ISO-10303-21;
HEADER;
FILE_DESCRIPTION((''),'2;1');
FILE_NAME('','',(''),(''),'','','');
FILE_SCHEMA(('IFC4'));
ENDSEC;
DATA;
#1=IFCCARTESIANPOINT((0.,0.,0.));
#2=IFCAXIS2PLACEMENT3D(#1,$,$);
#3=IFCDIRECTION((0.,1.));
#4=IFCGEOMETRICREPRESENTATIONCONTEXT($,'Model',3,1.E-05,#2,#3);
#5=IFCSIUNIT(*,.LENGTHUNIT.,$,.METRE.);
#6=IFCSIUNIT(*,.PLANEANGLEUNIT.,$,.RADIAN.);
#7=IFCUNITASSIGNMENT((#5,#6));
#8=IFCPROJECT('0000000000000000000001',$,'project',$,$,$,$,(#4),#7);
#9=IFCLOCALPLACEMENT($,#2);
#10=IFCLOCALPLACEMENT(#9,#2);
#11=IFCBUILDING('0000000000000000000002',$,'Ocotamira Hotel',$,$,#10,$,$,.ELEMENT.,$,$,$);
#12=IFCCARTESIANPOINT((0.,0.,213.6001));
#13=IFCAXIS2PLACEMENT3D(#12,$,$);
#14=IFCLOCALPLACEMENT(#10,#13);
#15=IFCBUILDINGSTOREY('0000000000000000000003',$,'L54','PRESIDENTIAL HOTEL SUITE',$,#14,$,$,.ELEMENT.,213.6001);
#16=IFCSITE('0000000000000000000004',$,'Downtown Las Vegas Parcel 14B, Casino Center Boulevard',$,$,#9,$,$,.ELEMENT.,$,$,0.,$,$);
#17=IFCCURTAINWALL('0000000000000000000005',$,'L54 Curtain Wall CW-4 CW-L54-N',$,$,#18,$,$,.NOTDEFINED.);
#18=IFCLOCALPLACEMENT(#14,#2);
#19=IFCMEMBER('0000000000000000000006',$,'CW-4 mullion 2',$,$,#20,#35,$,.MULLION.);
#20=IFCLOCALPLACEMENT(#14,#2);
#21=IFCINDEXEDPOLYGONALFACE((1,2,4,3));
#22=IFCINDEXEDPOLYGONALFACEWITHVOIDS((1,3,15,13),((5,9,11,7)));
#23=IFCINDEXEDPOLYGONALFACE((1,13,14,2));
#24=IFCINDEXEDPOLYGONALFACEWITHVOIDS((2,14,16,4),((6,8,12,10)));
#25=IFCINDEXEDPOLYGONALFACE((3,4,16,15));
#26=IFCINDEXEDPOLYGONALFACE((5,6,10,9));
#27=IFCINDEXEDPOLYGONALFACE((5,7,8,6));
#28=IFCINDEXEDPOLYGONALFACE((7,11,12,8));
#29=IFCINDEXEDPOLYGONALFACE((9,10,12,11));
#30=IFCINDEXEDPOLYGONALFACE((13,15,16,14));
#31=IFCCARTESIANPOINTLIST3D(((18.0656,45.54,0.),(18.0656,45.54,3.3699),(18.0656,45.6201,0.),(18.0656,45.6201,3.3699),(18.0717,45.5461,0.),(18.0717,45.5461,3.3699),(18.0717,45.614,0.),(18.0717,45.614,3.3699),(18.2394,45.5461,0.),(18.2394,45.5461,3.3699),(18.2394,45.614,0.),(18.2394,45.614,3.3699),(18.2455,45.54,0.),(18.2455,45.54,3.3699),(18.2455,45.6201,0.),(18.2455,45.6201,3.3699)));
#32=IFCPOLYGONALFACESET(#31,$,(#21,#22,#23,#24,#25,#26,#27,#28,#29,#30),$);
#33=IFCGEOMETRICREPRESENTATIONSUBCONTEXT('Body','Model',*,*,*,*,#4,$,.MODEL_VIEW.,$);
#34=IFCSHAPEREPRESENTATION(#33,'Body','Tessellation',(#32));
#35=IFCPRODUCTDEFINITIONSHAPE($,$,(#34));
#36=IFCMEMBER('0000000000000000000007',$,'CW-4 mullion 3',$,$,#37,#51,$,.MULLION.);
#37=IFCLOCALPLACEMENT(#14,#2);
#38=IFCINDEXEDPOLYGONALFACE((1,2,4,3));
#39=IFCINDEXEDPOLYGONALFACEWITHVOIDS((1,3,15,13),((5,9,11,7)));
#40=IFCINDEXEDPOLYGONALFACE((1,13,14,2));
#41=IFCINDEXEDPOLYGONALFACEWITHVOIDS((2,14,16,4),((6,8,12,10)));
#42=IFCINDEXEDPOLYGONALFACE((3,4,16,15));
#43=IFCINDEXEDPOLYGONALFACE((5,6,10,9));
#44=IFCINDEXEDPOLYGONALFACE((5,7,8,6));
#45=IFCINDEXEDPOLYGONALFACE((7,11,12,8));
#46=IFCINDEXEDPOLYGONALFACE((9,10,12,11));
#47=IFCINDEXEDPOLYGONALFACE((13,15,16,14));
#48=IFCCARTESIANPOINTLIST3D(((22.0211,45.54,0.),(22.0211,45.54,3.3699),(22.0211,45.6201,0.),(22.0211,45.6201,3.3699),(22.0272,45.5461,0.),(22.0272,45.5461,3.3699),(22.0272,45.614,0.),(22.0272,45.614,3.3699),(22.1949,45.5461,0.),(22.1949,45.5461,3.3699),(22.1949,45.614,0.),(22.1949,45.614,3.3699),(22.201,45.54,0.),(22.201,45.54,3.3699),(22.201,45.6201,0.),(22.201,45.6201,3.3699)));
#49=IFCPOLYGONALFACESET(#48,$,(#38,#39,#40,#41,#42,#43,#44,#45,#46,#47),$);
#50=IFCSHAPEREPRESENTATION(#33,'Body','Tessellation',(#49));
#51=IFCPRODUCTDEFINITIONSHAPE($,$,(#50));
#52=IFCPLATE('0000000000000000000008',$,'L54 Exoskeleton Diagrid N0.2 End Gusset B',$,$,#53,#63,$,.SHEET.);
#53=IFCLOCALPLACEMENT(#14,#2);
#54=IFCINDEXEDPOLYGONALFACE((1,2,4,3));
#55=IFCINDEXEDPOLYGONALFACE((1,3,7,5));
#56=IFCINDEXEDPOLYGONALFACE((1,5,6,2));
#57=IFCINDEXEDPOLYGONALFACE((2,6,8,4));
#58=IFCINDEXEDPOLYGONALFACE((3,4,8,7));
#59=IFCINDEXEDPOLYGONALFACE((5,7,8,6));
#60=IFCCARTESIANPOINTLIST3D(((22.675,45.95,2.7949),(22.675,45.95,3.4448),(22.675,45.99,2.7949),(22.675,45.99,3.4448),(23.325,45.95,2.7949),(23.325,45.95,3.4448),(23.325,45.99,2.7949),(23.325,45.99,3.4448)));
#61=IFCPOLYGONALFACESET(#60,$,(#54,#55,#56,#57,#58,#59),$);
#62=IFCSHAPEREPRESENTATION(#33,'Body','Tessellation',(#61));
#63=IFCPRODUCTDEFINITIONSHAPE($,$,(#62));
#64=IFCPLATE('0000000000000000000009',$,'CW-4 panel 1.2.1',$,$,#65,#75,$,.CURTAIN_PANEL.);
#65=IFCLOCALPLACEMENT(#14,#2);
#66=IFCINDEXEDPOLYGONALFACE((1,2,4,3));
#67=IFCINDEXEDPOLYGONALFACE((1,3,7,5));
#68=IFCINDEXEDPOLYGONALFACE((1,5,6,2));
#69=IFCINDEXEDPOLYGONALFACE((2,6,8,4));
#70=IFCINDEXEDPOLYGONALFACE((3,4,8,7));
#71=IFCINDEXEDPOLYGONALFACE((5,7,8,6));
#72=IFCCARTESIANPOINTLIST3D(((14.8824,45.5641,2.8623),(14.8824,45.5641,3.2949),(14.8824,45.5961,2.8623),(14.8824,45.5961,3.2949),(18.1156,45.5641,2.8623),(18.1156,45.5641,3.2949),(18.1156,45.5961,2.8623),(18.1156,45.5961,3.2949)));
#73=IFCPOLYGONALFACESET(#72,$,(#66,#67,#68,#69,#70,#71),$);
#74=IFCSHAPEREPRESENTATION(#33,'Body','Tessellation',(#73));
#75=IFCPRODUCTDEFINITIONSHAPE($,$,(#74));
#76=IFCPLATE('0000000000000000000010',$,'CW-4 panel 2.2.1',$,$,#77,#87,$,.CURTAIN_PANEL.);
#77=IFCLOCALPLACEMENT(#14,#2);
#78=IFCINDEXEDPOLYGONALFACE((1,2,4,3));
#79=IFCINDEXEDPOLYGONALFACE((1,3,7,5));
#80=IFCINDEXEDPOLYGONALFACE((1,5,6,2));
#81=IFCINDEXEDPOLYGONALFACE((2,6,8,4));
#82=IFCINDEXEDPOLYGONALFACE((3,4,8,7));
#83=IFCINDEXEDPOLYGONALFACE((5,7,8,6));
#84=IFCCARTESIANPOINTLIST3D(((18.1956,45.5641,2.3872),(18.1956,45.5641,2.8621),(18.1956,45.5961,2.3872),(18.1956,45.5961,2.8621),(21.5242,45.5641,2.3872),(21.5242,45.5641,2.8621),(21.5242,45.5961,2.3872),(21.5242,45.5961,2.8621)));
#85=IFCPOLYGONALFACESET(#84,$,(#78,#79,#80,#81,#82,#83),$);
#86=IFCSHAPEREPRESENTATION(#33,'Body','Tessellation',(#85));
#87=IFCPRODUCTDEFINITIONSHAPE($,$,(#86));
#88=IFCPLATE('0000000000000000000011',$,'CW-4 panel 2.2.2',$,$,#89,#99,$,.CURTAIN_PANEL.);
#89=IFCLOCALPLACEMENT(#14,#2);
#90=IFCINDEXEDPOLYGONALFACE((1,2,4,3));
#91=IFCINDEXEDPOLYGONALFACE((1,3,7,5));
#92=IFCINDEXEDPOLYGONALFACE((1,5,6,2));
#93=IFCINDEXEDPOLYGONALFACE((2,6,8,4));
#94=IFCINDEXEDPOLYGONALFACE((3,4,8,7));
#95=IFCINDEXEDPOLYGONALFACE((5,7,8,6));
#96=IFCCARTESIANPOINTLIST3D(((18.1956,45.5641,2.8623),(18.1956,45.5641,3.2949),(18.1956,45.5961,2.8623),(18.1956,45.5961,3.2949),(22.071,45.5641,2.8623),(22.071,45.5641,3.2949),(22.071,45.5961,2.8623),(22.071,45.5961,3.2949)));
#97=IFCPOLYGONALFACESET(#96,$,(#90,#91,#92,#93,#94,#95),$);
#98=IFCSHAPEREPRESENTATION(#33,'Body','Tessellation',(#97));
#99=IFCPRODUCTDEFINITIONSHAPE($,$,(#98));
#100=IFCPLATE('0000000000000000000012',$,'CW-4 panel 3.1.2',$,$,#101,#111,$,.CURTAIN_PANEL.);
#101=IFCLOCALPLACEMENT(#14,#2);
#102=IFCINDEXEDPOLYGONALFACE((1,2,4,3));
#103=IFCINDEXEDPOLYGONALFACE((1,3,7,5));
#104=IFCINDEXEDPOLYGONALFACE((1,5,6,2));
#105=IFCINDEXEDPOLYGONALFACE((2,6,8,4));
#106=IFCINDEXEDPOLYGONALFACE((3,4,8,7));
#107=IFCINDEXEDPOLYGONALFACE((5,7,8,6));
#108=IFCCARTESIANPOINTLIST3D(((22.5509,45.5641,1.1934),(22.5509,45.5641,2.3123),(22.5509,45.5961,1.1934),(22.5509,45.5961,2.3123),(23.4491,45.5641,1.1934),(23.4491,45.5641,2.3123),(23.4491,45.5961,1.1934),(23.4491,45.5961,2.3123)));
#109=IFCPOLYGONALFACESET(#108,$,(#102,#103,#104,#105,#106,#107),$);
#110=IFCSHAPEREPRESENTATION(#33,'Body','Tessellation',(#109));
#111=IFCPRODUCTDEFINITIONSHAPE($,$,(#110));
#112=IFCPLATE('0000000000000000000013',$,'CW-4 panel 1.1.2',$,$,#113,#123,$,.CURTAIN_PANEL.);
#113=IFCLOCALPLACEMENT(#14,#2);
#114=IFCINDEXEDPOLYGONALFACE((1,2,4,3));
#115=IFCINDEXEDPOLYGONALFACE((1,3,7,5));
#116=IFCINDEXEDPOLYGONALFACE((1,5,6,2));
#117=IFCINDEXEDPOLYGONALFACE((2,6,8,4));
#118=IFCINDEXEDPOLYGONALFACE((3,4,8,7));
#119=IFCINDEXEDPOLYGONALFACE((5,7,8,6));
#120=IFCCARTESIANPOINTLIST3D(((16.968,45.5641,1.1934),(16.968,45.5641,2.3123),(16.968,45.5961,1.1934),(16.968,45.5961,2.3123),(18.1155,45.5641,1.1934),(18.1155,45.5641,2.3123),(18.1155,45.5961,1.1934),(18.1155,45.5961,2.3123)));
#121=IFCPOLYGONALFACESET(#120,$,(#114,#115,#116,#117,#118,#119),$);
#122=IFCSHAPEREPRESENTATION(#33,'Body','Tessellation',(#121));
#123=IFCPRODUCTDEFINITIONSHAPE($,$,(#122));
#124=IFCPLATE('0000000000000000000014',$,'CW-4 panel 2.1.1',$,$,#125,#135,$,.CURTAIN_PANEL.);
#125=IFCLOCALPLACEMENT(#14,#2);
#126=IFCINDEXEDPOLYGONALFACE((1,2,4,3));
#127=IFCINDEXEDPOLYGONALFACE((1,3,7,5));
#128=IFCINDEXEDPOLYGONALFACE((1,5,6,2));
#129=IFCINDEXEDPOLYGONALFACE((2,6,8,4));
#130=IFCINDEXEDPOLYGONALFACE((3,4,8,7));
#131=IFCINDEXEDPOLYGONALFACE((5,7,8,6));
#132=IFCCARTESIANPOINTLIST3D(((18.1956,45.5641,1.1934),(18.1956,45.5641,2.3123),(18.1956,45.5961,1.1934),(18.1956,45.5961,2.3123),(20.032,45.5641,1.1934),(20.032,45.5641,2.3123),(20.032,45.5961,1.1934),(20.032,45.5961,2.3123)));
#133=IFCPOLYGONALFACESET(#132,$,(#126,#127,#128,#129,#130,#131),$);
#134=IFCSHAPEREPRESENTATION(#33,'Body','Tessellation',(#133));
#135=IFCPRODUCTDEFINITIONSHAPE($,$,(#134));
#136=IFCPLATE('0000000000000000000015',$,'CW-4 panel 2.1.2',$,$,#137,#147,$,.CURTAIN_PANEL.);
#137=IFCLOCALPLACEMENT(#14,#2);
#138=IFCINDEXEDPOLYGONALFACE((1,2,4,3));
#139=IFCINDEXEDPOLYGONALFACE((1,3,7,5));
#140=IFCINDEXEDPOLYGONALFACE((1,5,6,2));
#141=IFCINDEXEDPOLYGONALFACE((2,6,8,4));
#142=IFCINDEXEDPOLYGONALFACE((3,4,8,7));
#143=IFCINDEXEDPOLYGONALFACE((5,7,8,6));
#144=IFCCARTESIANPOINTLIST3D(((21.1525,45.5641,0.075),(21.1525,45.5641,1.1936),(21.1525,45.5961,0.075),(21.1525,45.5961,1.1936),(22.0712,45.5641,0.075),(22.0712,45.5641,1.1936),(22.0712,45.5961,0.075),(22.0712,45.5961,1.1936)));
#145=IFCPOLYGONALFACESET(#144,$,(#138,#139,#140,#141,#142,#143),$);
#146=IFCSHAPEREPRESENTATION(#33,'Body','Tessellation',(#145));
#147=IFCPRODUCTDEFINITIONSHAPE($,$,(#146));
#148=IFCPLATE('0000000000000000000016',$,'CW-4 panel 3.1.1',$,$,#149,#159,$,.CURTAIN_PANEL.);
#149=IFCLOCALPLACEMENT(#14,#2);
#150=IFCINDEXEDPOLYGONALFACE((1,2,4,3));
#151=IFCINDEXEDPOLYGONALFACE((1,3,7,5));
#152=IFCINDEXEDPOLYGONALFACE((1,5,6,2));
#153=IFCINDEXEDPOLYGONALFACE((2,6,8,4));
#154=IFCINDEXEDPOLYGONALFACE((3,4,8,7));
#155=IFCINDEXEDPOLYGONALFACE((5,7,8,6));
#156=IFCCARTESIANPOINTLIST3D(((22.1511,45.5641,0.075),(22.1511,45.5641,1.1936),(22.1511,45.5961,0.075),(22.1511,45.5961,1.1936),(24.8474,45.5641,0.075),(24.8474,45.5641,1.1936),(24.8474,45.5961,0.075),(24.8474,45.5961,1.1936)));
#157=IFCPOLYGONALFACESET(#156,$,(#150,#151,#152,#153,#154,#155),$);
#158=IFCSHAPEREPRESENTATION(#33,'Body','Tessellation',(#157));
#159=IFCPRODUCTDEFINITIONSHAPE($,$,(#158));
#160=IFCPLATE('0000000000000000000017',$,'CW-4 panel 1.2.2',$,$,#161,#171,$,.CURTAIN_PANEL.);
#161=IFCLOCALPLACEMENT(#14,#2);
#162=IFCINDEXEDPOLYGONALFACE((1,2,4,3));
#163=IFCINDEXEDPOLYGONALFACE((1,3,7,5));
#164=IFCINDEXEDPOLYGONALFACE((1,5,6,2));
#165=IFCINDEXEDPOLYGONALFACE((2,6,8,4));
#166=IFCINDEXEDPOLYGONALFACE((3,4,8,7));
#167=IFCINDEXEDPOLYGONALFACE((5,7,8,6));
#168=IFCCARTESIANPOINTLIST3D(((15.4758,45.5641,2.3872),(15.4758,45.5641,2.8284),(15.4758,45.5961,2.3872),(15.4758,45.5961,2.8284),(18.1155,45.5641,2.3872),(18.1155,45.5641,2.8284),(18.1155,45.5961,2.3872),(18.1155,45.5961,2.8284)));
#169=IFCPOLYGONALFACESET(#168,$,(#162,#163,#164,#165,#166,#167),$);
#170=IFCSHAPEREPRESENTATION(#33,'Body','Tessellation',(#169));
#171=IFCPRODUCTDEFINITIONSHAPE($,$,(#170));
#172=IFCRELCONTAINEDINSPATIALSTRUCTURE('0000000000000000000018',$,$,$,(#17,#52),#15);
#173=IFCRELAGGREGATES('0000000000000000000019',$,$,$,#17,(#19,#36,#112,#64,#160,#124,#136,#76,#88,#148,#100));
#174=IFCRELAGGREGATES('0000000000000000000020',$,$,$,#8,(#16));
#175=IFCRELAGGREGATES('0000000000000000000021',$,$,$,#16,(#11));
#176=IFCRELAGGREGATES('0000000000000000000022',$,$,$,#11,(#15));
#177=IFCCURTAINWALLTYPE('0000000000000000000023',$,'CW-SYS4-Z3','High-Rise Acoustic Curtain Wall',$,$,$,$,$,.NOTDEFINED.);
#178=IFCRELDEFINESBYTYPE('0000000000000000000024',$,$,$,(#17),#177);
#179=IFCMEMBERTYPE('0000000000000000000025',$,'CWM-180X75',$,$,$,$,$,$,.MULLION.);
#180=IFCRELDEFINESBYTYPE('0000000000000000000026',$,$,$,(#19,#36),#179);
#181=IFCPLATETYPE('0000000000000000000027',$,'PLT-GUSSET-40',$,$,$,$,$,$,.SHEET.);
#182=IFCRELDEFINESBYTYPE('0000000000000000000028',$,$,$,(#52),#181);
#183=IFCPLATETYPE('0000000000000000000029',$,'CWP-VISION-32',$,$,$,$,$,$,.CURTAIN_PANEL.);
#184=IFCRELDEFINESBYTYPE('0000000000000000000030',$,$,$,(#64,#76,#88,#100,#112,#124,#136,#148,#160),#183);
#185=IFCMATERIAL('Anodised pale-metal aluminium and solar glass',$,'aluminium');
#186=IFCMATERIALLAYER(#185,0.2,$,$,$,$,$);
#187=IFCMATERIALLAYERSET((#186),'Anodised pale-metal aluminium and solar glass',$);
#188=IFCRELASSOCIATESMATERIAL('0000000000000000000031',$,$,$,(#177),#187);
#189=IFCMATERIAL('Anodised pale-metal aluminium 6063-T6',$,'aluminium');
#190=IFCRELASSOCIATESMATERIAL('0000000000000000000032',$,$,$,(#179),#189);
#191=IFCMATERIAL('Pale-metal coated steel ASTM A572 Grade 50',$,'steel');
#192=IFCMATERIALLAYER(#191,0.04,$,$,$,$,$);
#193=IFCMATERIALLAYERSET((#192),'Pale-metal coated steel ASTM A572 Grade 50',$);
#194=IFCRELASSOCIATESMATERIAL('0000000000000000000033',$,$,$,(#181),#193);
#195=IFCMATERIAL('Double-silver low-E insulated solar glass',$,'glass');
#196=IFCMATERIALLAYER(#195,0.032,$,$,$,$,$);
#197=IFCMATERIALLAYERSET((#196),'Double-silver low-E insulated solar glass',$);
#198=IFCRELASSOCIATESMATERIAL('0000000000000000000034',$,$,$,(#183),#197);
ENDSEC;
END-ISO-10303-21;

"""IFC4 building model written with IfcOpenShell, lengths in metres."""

from ifc_helpers import new_model, si_unit, direction, frame, origin, origin_2d, place, context, subcontext, project, spatial, rectangle, hollow_rectangle, extrude, source, transform, mapped, material, layer, layer_set, material_profile, profile_set, type_object, element, aggregate, save


model = new_model("IFC4")

# Units and contexts
model_context = context("Model", 3, precision=1e-05, world=origin(), true_north=direction((0.0, 1.0)))
body_context = subcontext(model_context, "Body", "Model", "MODEL_VIEW")
ifc_project = project(units=[si_unit("LENGTHUNIT", "METRE"), si_unit("PLANEANGLEUNIT", "RADIAN")], contexts=[model_context])

# Site, building, storey
site_placement = place(None, origin())
site = spatial("IfcSite", under=ifc_project, at=site_placement, Name="Downtown Las Vegas Parcel 14B, Casino Center Boulevard", CompositionType="ELEMENT", RefElevation=0.0)
building_placement = place(site_placement, origin())
building = spatial("IfcBuilding", under=site, at=building_placement, Name="Ocotamira Hotel", CompositionType="ELEMENT")
storey_placement = place(building_placement, frame((0.0, 0.0, 213.6001)))
storey = spatial("IfcBuildingStorey", under=building, at=storey_placement, Name="L54", Description="PRESIDENTIAL HOTEL SUITE", CompositionType="ELEMENT", Elevation=213.6001)

# Curtain wall, members
ifc_material_1 = material(Name="Anodised pale-metal aluminium and solar glass", Category="aluminium")
ifc_layer_1 = layer(ifc_material_1, 0.2)
ifc_layer_set_1 = layer_set([ifc_layer_1], Name="Anodised pale-metal aluminium and solar glass")
curtain_wall_type = type_object("IfcCurtainWallType", Name="CW-SYS4-Z3", Description="High-Rise Acoustic Curtain Wall", PredefinedType="NOTDEFINED", material=ifc_layer_set_1)
curtain_wall_placement = place(storey_placement, origin())
curtain_wall = element("IfcCurtainWall", 1, at=curtain_wall_placement, inside=storey, type_object=curtain_wall_type, Name="L54 Curtain Wall CW-4 CW-L54-N", PredefinedType="NOTDEFINED")
ifc_material_2 = material(Name="Anodised pale-metal aluminium 6063-T6", Category="aluminium")
ifc_material_profile_1 = material_profile(ifc_material_2, hollow_rectangle(XDim=0.0801, YDim=0.1799, WallThickness=0.0061, at=origin_2d()), Name="HSS180X80X6")
ifc_profile_set_1 = profile_set([ifc_material_profile_1], Name="Anodised pale-metal aluminium 6063-T6")
member_type_1 = type_object("IfcMemberType", Name="CWM-180X75", PredefinedType="MULLION", material=ifc_profile_set_1)
shared_shape_1 = source(origin(), body_context, "Body", "SweptSolid", [
    extrude(hollow_rectangle(XDim=0.0801, YDim=0.1799, WallThickness=0.0061, at=origin_2d()), origin(), (0.0, 0.0, 1.0), 3.3699),
])
member_1_placement = place(storey_placement, frame((18.1555, 45.5801, 0.0), z_axis=(0.0, 0.0, 1.0), x_axis=(0.0, 1.0, 0.0)))
member_1 = element("IfcMember", 2, at=member_1_placement, type_object=member_type_1, Name="CW-4 mullion 2", PredefinedType="MULLION", context=body_context, shape_type="MappedRepresentation", body=[
    mapped(shared_shape_1, transform((0.0, 0.0, 0.0), scale=1.0)),
])
member_2_placement = place(storey_placement, frame((22.1111, 45.5801, 0.0), z_axis=(0.0, 0.0, 1.0), x_axis=(0.0, 1.0, 0.0)))
member_2 = element("IfcMember", 3, at=member_2_placement, type_object=member_type_1, Name="CW-4 mullion 3", PredefinedType="MULLION", context=body_context, shape_type="MappedRepresentation", body=[
    mapped(shared_shape_1, transform((0.0, 0.0, 0.0), scale=1.0)),
])

# Plates
ifc_material_3 = material(Name="Pale-metal coated steel ASTM A572 Grade 50", Category="steel")
ifc_layer_2 = layer(ifc_material_3, 0.04)
ifc_layer_set_2 = layer_set([ifc_layer_2], Name="Pale-metal coated steel ASTM A572 Grade 50")
plate_type_1 = type_object("IfcPlateType", Name="PLT-GUSSET-40", PredefinedType="SHEET", material=ifc_layer_set_2)
shared_shape_2 = source(origin(), body_context, "Body", "SweptSolid", [
    extrude(rectangle(XDim=0.6499, YDim=0.04, at=origin_2d()), origin(), (0.0, 0.0, 1.0), 0.6499),
])
plate_1_placement = place(storey_placement, frame((23.0, 45.97, 2.7949), z_axis=(0.0, 0.0, 1.0), x_axis=(1.0, 0.0, 0.0)))
element("IfcPlate", 4, at=plate_1_placement, inside=storey, type_object=plate_type_1, Name="L54 Exoskeleton Diagrid N0.2 End Gusset B", PredefinedType="SHEET", context=body_context, shape_type="MappedRepresentation", body=[
    mapped(shared_shape_2, transform((0.0, 0.0, 0.0), scale=1.0)),
])
ifc_material_4 = material(Name="Double-silver low-E insulated solar glass", Category="glass")
ifc_layer_3 = layer(ifc_material_4, 0.032)
ifc_layer_set_3 = layer_set([ifc_layer_3], Name="Double-silver low-E insulated solar glass")
plate_type_2 = type_object("IfcPlateType", Name="CWP-VISION-32", PredefinedType="CURTAIN_PANEL", material=ifc_layer_set_3)
shared_shape_3 = source(origin(), body_context, "Body", "SweptSolid", [
    extrude(rectangle(XDim=3.2332, YDim=0.032, at=origin_2d()), origin(), (0.0, 0.0, 1.0), 0.4326),
])
plate_2_placement = place(storey_placement, frame((16.499, 45.5801, 2.8623), z_axis=(0.0, 0.0, 1.0), x_axis=(1.0, 0.0, 0.0)))
plate_2 = element("IfcPlate", 5, at=plate_2_placement, type_object=plate_type_2, Name="CW-4 panel 1.2.1", PredefinedType="CURTAIN_PANEL", context=body_context, shape_type="MappedRepresentation", body=[
    mapped(shared_shape_3, transform((0.0, 0.0, 0.0), scale=1.0)),
])
shared_shape_4 = source(origin(), body_context, "Body", "SweptSolid", [
    extrude(rectangle(XDim=3.3286, YDim=0.032, at=origin_2d()), origin(), (0.0, 0.0, 1.0), 0.4749),
])
plate_3_placement = place(storey_placement, frame((19.8599, 45.5801, 2.3872), z_axis=(0.0, 0.0, 1.0), x_axis=(1.0, 0.0, 0.0)))
plate_3 = element("IfcPlate", 6, at=plate_3_placement, type_object=plate_type_2, Name="CW-4 panel 2.2.1", PredefinedType="CURTAIN_PANEL", context=body_context, shape_type="MappedRepresentation", body=[
    mapped(shared_shape_4, transform((0.0, 0.0, 0.0), scale=1.0)),
])
shared_shape_5 = source(origin(), body_context, "Body", "SweptSolid", [
    extrude(rectangle(XDim=3.8755, YDim=0.032, at=origin_2d()), origin(), (0.0, 0.0, 1.0), 0.4326),
])
plate_4_placement = place(storey_placement, frame((20.1333, 45.5801, 2.8623), z_axis=(0.0, 0.0, 1.0), x_axis=(1.0, 0.0, 0.0)))
plate_4 = element("IfcPlate", 7, at=plate_4_placement, type_object=plate_type_2, Name="CW-4 panel 2.2.2", PredefinedType="CURTAIN_PANEL", context=body_context, shape_type="MappedRepresentation", body=[
    mapped(shared_shape_5, transform((0.0, 0.0, 0.0), scale=1.0)),
])
shared_shape_6 = source(origin(), body_context, "Body", "SweptSolid", [
    extrude(rectangle(XDim=0.8982, YDim=0.032, at=origin_2d()), origin(), (0.0, 0.0, 1.0), 1.1189),
])
plate_5_placement = place(storey_placement, frame((23.0, 45.5801, 1.1934), z_axis=(0.0, 0.0, 1.0), x_axis=(1.0, 0.0, 0.0)))
plate_5 = element("IfcPlate", 8, at=plate_5_placement, type_object=plate_type_2, Name="CW-4 panel 3.1.2", PredefinedType="CURTAIN_PANEL", context=body_context, shape_type="MappedRepresentation", body=[
    mapped(shared_shape_6, transform((0.0, 0.0, 0.0), scale=1.0)),
])
shared_shape_7 = source(origin(), body_context, "Body", "SweptSolid", [
    extrude(rectangle(XDim=1.1475, YDim=0.032, at=origin_2d()), origin(), (0.0, 0.0, 1.0), 1.1189),
])
plate_6_placement = place(storey_placement, frame((17.5417, 45.5801, 1.1934), z_axis=(0.0, 0.0, 1.0), x_axis=(1.0, 0.0, 0.0)))
plate_6 = element("IfcPlate", 9, at=plate_6_placement, type_object=plate_type_2, Name="CW-4 panel 1.1.2", PredefinedType="CURTAIN_PANEL", context=body_context, shape_type="MappedRepresentation", body=[
    mapped(shared_shape_7, transform((0.0, 0.0, 0.0), scale=1.0)),
])
shared_shape_8 = source(origin(), body_context, "Body", "SweptSolid", [
    extrude(rectangle(XDim=1.8364, YDim=0.032, at=origin_2d()), origin(), (0.0, 0.0, 1.0), 1.1189),
])
plate_7_placement = place(storey_placement, frame((19.1138, 45.5801, 1.1934), z_axis=(0.0, 0.0, 1.0), x_axis=(1.0, 0.0, 0.0)))
plate_7 = element("IfcPlate", 10, at=plate_7_placement, type_object=plate_type_2, Name="CW-4 panel 2.1.1", PredefinedType="CURTAIN_PANEL", context=body_context, shape_type="MappedRepresentation", body=[
    mapped(shared_shape_8, transform((0.0, 0.0, 0.0), scale=1.0)),
])
shared_shape_9 = source(origin(), body_context, "Body", "SweptSolid", [
    extrude(rectangle(XDim=0.9187, YDim=0.032, at=origin_2d()), origin(), (0.0, 0.0, 1.0), 1.1187),
])
plate_8_placement = place(storey_placement, frame((21.6118, 45.5801, 0.075), z_axis=(0.0, 0.0, 1.0), x_axis=(1.0, 0.0, 0.0)))
plate_8 = element("IfcPlate", 11, at=plate_8_placement, type_object=plate_type_2, Name="CW-4 panel 2.1.2", PredefinedType="CURTAIN_PANEL", context=body_context, shape_type="MappedRepresentation", body=[
    mapped(shared_shape_9, transform((0.0, 0.0, 0.0), scale=1.0)),
])
shared_shape_10 = source(origin(), body_context, "Body", "SweptSolid", [
    extrude(rectangle(XDim=2.6963, YDim=0.032, at=origin_2d()), origin(), (0.0, 0.0, 1.0), 1.1187),
])
plate_9_placement = place(storey_placement, frame((23.4993, 45.5801, 0.075), z_axis=(0.0, 0.0, 1.0), x_axis=(1.0, 0.0, 0.0)))
plate_9 = element("IfcPlate", 12, at=plate_9_placement, type_object=plate_type_2, Name="CW-4 panel 3.1.1", PredefinedType="CURTAIN_PANEL", context=body_context, shape_type="MappedRepresentation", body=[
    mapped(shared_shape_10, transform((0.0, 0.0, 0.0), scale=1.0)),
])
shared_shape_11 = source(origin(), body_context, "Body", "SweptSolid", [
    extrude(rectangle(XDim=2.6396, YDim=0.032, at=origin_2d()), origin(), (0.0, 0.0, 1.0), 0.4412),
])
plate_10_placement = place(storey_placement, frame((16.7957, 45.5801, 2.3872), z_axis=(0.0, 0.0, 1.0), x_axis=(1.0, 0.0, 0.0)))
plate_10 = element("IfcPlate", 13, at=plate_10_placement, type_object=plate_type_2, Name="CW-4 panel 1.2.2", PredefinedType="CURTAIN_PANEL", context=body_context, shape_type="MappedRepresentation", body=[
    mapped(shared_shape_11, transform((0.0, 0.0, 0.0), scale=1.0)),
])
aggregate(curtain_wall, [member_1, member_2, plate_6, plate_2, plate_10, plate_7, plate_8, plate_3, plate_4, plate_9, plate_5])

save(model, "model.ifc")
